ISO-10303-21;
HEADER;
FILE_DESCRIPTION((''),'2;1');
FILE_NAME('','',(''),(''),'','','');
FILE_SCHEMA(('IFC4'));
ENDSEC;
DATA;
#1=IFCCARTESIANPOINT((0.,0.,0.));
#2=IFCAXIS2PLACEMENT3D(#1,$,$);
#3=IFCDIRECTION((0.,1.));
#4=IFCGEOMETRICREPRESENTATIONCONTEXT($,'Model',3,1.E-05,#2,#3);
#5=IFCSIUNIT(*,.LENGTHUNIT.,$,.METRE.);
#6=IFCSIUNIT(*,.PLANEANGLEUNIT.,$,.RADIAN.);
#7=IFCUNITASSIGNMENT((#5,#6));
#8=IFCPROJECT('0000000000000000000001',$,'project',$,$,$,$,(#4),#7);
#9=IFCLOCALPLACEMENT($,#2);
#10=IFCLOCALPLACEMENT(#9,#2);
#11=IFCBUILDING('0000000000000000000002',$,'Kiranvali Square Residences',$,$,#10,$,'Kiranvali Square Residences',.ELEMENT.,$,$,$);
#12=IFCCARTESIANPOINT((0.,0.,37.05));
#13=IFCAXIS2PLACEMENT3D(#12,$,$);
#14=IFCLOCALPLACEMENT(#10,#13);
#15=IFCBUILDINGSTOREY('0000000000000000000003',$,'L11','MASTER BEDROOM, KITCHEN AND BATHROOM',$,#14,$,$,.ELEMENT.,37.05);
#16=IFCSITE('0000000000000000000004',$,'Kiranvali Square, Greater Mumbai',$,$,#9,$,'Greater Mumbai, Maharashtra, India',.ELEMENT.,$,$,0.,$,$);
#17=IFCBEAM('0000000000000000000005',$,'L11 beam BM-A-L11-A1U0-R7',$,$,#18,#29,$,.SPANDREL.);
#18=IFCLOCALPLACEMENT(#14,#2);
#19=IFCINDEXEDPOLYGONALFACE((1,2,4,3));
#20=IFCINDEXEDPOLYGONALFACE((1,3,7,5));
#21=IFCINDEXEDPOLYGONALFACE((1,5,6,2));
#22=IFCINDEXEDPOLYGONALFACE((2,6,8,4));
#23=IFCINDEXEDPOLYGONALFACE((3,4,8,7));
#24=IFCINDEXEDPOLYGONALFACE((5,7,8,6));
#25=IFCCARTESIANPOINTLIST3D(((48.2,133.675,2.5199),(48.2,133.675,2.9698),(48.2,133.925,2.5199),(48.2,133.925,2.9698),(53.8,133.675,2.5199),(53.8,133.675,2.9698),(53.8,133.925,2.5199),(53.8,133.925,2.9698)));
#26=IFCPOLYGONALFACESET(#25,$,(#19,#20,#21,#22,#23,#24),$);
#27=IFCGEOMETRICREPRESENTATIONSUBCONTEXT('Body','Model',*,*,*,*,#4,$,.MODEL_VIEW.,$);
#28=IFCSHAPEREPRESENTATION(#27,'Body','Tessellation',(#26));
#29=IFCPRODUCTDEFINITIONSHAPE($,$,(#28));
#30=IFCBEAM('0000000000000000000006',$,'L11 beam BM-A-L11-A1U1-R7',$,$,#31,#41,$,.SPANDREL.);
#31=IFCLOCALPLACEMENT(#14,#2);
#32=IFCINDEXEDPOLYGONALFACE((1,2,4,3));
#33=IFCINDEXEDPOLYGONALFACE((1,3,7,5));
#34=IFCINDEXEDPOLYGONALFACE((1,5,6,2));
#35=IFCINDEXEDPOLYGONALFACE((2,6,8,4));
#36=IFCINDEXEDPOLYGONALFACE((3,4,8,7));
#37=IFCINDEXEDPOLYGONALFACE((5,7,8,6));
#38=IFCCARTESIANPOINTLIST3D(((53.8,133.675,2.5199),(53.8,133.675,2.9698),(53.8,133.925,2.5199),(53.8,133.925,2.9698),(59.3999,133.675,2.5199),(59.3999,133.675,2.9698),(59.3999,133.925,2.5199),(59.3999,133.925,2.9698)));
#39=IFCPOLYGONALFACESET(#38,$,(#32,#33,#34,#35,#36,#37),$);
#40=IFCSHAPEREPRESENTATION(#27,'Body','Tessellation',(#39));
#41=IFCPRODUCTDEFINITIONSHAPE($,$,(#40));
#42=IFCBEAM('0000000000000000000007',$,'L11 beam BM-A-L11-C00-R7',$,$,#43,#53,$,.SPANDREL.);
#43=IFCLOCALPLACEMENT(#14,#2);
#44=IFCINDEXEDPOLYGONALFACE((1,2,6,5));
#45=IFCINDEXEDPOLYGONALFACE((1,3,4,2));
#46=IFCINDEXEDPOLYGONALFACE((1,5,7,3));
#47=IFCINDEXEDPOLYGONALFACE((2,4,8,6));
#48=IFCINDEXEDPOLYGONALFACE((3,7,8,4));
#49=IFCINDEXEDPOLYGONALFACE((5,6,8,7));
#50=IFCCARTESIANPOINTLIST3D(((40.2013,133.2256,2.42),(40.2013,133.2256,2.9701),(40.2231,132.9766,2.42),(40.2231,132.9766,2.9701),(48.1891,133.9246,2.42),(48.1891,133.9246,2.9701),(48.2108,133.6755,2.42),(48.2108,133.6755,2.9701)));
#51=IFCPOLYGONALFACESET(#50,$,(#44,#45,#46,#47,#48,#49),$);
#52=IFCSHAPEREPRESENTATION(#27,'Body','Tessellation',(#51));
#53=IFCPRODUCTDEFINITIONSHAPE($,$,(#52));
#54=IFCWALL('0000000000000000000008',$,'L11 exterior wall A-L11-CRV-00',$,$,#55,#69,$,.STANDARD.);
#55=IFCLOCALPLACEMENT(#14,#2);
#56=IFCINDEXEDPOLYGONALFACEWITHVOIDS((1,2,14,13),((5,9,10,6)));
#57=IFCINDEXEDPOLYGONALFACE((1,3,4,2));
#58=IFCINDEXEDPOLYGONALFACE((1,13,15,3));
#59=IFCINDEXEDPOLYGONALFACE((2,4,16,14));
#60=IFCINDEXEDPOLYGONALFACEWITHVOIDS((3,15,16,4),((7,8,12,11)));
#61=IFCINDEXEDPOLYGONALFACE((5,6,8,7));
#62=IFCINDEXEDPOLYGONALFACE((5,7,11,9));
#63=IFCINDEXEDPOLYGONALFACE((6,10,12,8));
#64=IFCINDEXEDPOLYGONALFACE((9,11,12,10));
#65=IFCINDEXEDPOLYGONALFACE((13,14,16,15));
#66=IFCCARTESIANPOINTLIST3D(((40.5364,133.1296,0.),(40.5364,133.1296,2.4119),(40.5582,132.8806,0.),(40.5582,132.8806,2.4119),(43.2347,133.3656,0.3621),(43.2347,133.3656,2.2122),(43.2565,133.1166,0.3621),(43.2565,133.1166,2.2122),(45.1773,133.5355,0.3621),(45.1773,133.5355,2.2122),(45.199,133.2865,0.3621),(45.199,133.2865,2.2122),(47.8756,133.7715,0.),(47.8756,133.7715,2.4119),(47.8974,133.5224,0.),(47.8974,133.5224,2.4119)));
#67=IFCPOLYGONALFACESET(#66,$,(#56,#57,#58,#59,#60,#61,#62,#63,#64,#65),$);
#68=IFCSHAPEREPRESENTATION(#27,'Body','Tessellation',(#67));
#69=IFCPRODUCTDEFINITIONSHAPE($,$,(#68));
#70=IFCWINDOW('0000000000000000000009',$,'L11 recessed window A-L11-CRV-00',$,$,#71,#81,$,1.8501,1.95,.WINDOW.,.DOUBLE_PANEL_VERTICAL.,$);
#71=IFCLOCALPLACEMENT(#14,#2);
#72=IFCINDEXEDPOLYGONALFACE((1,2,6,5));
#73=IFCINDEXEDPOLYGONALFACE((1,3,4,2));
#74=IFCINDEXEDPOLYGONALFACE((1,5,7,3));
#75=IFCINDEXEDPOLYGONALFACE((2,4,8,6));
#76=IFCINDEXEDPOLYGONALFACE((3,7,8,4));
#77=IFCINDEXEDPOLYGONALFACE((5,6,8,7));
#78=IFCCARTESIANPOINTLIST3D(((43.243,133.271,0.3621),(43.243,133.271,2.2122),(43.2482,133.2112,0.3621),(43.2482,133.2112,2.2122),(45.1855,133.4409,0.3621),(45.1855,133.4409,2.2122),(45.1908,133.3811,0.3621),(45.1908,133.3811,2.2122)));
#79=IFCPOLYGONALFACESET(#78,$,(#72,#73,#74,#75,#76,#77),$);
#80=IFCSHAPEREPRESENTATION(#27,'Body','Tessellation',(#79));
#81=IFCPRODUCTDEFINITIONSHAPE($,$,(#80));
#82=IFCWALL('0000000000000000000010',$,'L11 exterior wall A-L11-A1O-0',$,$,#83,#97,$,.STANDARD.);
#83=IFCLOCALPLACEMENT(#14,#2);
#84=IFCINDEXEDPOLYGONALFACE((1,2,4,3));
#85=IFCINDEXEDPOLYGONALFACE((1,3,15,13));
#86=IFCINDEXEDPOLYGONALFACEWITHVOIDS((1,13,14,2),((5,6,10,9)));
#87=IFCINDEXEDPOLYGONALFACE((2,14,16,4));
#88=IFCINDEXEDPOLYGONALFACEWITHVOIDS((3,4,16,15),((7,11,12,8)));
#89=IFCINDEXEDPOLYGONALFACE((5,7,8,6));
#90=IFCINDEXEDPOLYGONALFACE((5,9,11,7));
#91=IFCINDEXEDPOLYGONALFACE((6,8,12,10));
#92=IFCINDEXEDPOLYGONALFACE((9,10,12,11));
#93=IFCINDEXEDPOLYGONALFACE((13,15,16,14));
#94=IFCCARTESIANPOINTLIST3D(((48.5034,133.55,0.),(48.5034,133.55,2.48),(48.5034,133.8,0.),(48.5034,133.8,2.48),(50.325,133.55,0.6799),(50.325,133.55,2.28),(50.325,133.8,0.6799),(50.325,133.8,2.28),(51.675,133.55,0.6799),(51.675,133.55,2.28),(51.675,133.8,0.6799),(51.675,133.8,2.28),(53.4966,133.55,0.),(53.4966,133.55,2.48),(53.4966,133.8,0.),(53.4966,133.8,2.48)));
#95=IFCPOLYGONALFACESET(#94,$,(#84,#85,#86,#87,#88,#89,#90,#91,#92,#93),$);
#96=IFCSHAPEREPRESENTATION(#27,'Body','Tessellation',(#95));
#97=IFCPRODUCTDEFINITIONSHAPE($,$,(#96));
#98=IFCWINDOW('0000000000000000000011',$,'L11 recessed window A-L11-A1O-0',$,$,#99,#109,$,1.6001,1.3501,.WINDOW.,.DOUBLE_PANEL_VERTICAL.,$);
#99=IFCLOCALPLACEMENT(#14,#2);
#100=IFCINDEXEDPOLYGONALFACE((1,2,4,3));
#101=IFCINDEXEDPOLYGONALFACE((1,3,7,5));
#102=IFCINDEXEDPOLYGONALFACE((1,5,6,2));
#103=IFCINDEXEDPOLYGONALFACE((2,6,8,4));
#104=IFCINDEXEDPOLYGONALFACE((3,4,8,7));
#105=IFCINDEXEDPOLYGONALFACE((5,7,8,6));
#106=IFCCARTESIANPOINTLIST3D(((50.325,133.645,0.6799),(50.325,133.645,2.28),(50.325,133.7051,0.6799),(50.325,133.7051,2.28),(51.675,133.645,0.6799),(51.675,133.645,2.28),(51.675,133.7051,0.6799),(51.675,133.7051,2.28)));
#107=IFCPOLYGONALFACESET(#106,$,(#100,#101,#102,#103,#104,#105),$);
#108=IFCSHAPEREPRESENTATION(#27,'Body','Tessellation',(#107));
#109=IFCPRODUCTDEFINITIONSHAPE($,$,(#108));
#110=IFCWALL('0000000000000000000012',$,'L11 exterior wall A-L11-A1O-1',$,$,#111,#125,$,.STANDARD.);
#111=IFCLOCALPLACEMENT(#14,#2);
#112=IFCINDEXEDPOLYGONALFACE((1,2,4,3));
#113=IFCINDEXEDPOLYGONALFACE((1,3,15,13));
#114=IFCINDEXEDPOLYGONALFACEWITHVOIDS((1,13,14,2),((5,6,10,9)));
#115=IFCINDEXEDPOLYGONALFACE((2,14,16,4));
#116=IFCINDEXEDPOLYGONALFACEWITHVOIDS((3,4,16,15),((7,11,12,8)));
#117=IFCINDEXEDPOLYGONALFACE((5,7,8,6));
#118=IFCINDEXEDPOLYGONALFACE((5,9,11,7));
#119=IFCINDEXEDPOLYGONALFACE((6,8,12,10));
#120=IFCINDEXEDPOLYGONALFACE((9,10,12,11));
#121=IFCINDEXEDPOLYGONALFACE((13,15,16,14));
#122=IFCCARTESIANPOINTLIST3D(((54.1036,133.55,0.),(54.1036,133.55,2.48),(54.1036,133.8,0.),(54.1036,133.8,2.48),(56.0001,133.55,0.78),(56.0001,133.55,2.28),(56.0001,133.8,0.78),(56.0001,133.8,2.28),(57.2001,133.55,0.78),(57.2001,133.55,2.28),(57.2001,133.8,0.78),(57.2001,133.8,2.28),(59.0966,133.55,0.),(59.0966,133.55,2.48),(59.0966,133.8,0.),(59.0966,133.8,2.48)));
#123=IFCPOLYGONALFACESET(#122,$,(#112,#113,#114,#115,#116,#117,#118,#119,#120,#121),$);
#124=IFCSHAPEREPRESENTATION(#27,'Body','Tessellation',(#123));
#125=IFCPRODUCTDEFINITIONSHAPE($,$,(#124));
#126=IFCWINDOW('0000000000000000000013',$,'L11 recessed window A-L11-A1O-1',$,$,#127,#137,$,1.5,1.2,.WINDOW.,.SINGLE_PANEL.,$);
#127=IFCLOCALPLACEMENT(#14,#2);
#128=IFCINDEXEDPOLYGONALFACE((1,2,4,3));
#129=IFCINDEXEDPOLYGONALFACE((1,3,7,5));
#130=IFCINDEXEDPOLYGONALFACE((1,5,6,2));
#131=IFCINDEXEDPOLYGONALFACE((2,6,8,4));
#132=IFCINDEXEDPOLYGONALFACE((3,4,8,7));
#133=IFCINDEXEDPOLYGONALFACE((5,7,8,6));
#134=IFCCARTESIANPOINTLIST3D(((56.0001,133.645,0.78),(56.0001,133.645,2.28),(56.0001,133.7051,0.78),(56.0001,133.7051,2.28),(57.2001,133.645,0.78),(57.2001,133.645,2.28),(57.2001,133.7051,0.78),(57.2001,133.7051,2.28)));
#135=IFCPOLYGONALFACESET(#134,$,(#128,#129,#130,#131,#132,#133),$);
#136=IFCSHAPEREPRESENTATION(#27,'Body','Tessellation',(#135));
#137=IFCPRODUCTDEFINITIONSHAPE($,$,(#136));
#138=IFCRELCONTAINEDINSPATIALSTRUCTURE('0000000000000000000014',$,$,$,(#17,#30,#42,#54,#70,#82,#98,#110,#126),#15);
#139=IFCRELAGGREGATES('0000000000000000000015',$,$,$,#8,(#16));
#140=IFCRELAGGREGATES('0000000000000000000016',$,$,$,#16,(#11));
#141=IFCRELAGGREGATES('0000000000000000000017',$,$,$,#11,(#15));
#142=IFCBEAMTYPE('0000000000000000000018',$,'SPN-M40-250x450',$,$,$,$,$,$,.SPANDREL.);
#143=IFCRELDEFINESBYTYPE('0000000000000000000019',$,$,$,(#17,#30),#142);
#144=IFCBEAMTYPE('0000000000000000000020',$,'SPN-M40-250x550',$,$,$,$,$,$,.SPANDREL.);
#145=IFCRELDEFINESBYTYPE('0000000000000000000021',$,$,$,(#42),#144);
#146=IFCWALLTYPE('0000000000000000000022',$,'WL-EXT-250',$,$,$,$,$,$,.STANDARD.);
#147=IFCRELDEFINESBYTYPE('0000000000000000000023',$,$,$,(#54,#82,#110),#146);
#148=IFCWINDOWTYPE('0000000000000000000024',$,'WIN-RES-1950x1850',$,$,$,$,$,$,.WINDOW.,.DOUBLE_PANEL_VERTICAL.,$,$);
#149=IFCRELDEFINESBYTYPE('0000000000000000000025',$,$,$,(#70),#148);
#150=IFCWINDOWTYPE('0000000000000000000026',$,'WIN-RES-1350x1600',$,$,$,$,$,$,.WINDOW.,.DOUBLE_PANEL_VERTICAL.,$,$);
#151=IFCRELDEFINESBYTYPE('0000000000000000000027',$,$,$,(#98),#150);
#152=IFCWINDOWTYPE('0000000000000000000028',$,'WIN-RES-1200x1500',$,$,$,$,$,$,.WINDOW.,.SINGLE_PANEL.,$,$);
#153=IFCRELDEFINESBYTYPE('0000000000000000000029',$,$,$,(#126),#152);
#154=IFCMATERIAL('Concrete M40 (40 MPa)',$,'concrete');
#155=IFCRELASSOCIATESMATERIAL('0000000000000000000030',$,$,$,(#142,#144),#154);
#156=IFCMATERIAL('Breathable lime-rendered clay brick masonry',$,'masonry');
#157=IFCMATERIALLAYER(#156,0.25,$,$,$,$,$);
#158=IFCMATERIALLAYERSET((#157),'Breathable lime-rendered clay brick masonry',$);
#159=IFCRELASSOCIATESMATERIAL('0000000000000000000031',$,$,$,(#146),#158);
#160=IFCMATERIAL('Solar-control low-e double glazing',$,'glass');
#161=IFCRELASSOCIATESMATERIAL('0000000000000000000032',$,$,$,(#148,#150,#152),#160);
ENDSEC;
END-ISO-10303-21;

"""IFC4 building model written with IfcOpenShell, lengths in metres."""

from ifc_helpers import new_model, si_unit, direction, frame, frame_2d, origin, origin_2d, place, context, subcontext, project, spatial, rectangle, extrude, material, layer, layer_set, material_profile, profile_set, type_object, element, fill, save


model = new_model("IFC4")

# Units and contexts
model_context = context("Model", 3, precision=1e-05, world=origin(), true_north=direction((0.0, 1.0)))
body_context = subcontext(model_context, "Body", "Model", "MODEL_VIEW")
ifc_project = project(units=[si_unit("LENGTHUNIT", "METRE"), si_unit("PLANEANGLEUNIT", "RADIAN")], contexts=[model_context])

# Site, building, storey
site_placement = place(None, origin())
site = spatial("IfcSite", under=ifc_project, at=site_placement, Name="Kiranvali Square, Greater Mumbai", LongName="Greater Mumbai, Maharashtra, India", CompositionType="ELEMENT", RefElevation=0.0)
building_placement = place(site_placement, origin())
building = spatial("IfcBuilding", under=site, at=building_placement, Name="Kiranvali Square Residences", LongName="Kiranvali Square Residences", CompositionType="ELEMENT")
storey_placement = place(building_placement, frame((0.0, 0.0, 37.05)))
storey = spatial("IfcBuildingStorey", under=building, at=storey_placement, Name="L11", Description="MASTER BEDROOM, KITCHEN AND BATHROOM", CompositionType="ELEMENT", Elevation=37.05)

# Shared definitions
ifc_material_1 = material(Name="Concrete M40 (40 MPa)", Category="concrete")

# Beams
ifc_material_profile_1 = material_profile(ifc_material_1, rectangle(XDim=0.25, YDim=0.45, at=origin_2d()), Name="RC 250x450")
ifc_profile_set_1 = profile_set([ifc_material_profile_1], Name="Concrete M40 (40 MPa)")
beam_type_1 = type_object("IfcBeamType", Name="SPN-M40-250x450", PredefinedType="SPANDREL", material=ifc_profile_set_1)
beam_1_placement = place(storey_placement, frame((48.2, 133.8, 2.7449), z_axis=(1.0, 0.0, 0.0), x_axis=(0.0, 1.0, 0.0)))
element("IfcBeam", 1, at=beam_1_placement, inside=storey, type_object=beam_type_1, Name="L11 beam BM-A-L11-A1U0-R7", PredefinedType="SPANDREL", context=body_context, shape_type="SweptSolid", body=[
    extrude(rectangle(XDim=0.25, YDim=0.45, at=origin_2d()), origin(), (0.0, 0.0, 1.0), 5.6001),
])
beam_2_placement = place(storey_placement, frame((53.8, 133.8, 2.7449), z_axis=(1.0, 0.0, 0.0), x_axis=(0.0, 1.0, 0.0)))
element("IfcBeam", 2, at=beam_2_placement, inside=storey, type_object=beam_type_1, Name="L11 beam BM-A-L11-A1U1-R7", PredefinedType="SPANDREL", context=body_context, shape_type="SweptSolid", body=[
    extrude(rectangle(XDim=0.25, YDim=0.45, at=origin_2d()), origin(), (0.0, 0.0, 1.0), 5.5999),
])
ifc_material_profile_2 = material_profile(ifc_material_1, rectangle(XDim=0.25, YDim=0.55, at=origin_2d()), Name="RC 250x550")
ifc_profile_set_2 = profile_set([ifc_material_profile_2], Name="Concrete M40 (40 MPa)")
beam_type_2 = type_object("IfcBeamType", Name="SPN-M40-250x550", PredefinedType="SPANDREL", material=ifc_profile_set_2)
beam_3_placement = place(storey_placement, frame((48.2, 133.8, 2.6951), z_axis=(-0.996193, -0.087172, 0.0), x_axis=(0.087172, -0.996193, 0.0)))
element("IfcBeam", 3, at=beam_3_placement, inside=storey, type_object=beam_type_2, Name="L11 beam BM-A-L11-C00-R7", PredefinedType="SPANDREL", context=body_context, shape_type="SweptSolid", body=[
    extrude(rectangle(XDim=0.25, YDim=0.55, at=origin_2d()), origin(), (0.0, 0.0, 1.0), 8.0183),
])

# Walls, openings, windows
ifc_material_2 = material(Name="Breathable lime-rendered clay brick masonry", Category="masonry")
ifc_layer = layer(ifc_material_2, 0.25)
ifc_layer_set = layer_set([ifc_layer], Name="Breathable lime-rendered clay brick masonry")
wall_type = type_object("IfcWallType", Name="WL-EXT-250", PredefinedType="STANDARD", material=ifc_layer_set)
wall_1_placement = place(storey_placement, frame((47.8865, 133.647, 0.0), z_axis=(0.0, 0.0, 1.0), x_axis=(-0.996198, -0.087123, 0.0)))
wall_1 = element("IfcWall", 4, at=wall_1_placement, inside=storey, type_object=wall_type, Name="L11 exterior wall A-L11-CRV-00", PredefinedType="STANDARD", context=body_context, shape_type="SweptSolid", body=[
    extrude(rectangle(XDim=7.3672, YDim=0.25, at=frame_2d((3.6836, 0.0))), origin(), (0.0, 0.0, 1.0), 2.4119),
])
opening_1_placement = place(wall_1_placement, frame((2.7085, 0.0, 0.3621)))
opening_1 = element("IfcOpeningElement", 5, at=opening_1_placement, cuts=wall_1, PredefinedType="OPENING", context=body_context, shape_type="SweptSolid", body=[
    extrude(rectangle(XDim=1.95, YDim=1.8501, at=frame_2d((0.9751, 0.925))), frame((0.0, 0.135, 0.0), z_axis=(0.0, -1.0, 0.0), x_axis=(1.0, 0.0, 0.0)), (0.0, 0.0, 1.0), 0.27),
])
ifc_material_3 = material(Name="Solar-control low-e double glazing", Category="glass")
window_type_1 = type_object("IfcWindowType", Name="WIN-RES-1950x1850", PartitioningType="DOUBLE_PANEL_VERTICAL", PredefinedType="WINDOW", material=ifc_material_3)
window_1_placement = place(opening_1_placement, origin())
window_1 = element("IfcWindow", 6, at=window_1_placement, inside=storey, type_object=window_type_1, Name="L11 recessed window A-L11-CRV-00", OverallHeight=1.8501, OverallWidth=1.95, PartitioningType="DOUBLE_PANEL_VERTICAL", PredefinedType="WINDOW", context=body_context, shape_type="SweptSolid", body=[
    extrude(rectangle(XDim=1.95, YDim=1.8501, at=frame_2d((0.9751, 0.925))), frame((0.0, 0.03, 0.0), z_axis=(0.0, -1.0, 0.0), x_axis=(1.0, 0.0, 0.0)), (0.0, 0.0, 1.0), 0.0601),
])
fill(opening_1, window_1)
wall_2_placement = place(storey_placement, frame((48.5034, 133.675, 0.0), z_axis=(0.0, 0.0, 1.0), x_axis=(1.0, 0.0, 0.0)))
wall_2 = element("IfcWall", 7, at=wall_2_placement, inside=storey, type_object=wall_type, Name="L11 exterior wall A-L11-A1O-0", PredefinedType="STANDARD", context=body_context, shape_type="SweptSolid", body=[
    extrude(rectangle(XDim=4.9932, YDim=0.25, at=frame_2d((2.4966, 0.0))), origin(), (0.0, 0.0, 1.0), 2.48),
])
opening_2_placement = place(wall_2_placement, frame((1.8215, 0.0, 0.6799)))
opening_2 = element("IfcOpeningElement", 8, at=opening_2_placement, cuts=wall_2, PredefinedType="OPENING", context=body_context, shape_type="SweptSolid", body=[
    extrude(rectangle(XDim=1.3501, YDim=1.6001, at=frame_2d((0.675, 0.8))), frame((0.0, 0.135, 0.0), z_axis=(0.0, -1.0, 0.0), x_axis=(1.0, 0.0, 0.0)), (0.0, 0.0, 1.0), 0.27),
])
window_type_2 = type_object("IfcWindowType", Name="WIN-RES-1350x1600", PartitioningType="DOUBLE_PANEL_VERTICAL", PredefinedType="WINDOW", material=ifc_material_3)
window_2_placement = place(opening_2_placement, origin())
window_2 = element("IfcWindow", 9, at=window_2_placement, inside=storey, type_object=window_type_2, Name="L11 recessed window A-L11-A1O-0", OverallHeight=1.6001, OverallWidth=1.3501, PartitioningType="DOUBLE_PANEL_VERTICAL", PredefinedType="WINDOW", context=body_context, shape_type="SweptSolid", body=[
    extrude(rectangle(XDim=1.3501, YDim=1.6001, at=frame_2d((0.675, 0.8))), frame((0.0, 0.03, 0.0), z_axis=(0.0, -1.0, 0.0), x_axis=(1.0, 0.0, 0.0)), (0.0, 0.0, 1.0), 0.0601),
])
fill(opening_2, window_2)
wall_3_placement = place(storey_placement, frame((54.1035, 133.675, 0.0), z_axis=(0.0, 0.0, 1.0), x_axis=(1.0, 0.0, 0.0)))
wall_3 = element("IfcWall", 10, at=wall_3_placement, inside=storey, type_object=wall_type, Name="L11 exterior wall A-L11-A1O-1", PredefinedType="STANDARD", context=body_context, shape_type="SweptSolid", body=[
    extrude(rectangle(XDim=4.9929, YDim=0.25, at=frame_2d((2.4966, 0.0))), origin(), (0.0, 0.0, 1.0), 2.48),
])
opening_3_placement = place(wall_3_placement, frame((1.8965, 0.0, 0.78)))
opening_3 = element("IfcOpeningElement", 11, at=opening_3_placement, cuts=wall_3, PredefinedType="OPENING", context=body_context, shape_type="SweptSolid", body=[
    extrude(rectangle(XDim=1.2, YDim=1.5, at=frame_2d((0.6001, 0.75))), frame((0.0, 0.135, 0.0), z_axis=(0.0, -1.0, 0.0), x_axis=(1.0, 0.0, 0.0)), (0.0, 0.0, 1.0), 0.27),
])
window_type_3 = type_object("IfcWindowType", Name="WIN-RES-1200x1500", PartitioningType="SINGLE_PANEL", PredefinedType="WINDOW", material=ifc_material_3)
window_3_placement = place(opening_3_placement, origin())
window_3 = element("IfcWindow", 12, at=window_3_placement, inside=storey, type_object=window_type_3, Name="L11 recessed window A-L11-A1O-1", OverallHeight=1.5, OverallWidth=1.2, PartitioningType="SINGLE_PANEL", PredefinedType="WINDOW", context=body_context, shape_type="SweptSolid", body=[
    extrude(rectangle(XDim=1.2, YDim=1.5, at=frame_2d((0.6001, 0.75))), frame((0.0, 0.03, 0.0), z_axis=(0.0, -1.0, 0.0), x_axis=(1.0, 0.0, 0.0)), (0.0, 0.0, 1.0), 0.0601),
])
fill(opening_3, window_3)

save(model, "model.ifc")
